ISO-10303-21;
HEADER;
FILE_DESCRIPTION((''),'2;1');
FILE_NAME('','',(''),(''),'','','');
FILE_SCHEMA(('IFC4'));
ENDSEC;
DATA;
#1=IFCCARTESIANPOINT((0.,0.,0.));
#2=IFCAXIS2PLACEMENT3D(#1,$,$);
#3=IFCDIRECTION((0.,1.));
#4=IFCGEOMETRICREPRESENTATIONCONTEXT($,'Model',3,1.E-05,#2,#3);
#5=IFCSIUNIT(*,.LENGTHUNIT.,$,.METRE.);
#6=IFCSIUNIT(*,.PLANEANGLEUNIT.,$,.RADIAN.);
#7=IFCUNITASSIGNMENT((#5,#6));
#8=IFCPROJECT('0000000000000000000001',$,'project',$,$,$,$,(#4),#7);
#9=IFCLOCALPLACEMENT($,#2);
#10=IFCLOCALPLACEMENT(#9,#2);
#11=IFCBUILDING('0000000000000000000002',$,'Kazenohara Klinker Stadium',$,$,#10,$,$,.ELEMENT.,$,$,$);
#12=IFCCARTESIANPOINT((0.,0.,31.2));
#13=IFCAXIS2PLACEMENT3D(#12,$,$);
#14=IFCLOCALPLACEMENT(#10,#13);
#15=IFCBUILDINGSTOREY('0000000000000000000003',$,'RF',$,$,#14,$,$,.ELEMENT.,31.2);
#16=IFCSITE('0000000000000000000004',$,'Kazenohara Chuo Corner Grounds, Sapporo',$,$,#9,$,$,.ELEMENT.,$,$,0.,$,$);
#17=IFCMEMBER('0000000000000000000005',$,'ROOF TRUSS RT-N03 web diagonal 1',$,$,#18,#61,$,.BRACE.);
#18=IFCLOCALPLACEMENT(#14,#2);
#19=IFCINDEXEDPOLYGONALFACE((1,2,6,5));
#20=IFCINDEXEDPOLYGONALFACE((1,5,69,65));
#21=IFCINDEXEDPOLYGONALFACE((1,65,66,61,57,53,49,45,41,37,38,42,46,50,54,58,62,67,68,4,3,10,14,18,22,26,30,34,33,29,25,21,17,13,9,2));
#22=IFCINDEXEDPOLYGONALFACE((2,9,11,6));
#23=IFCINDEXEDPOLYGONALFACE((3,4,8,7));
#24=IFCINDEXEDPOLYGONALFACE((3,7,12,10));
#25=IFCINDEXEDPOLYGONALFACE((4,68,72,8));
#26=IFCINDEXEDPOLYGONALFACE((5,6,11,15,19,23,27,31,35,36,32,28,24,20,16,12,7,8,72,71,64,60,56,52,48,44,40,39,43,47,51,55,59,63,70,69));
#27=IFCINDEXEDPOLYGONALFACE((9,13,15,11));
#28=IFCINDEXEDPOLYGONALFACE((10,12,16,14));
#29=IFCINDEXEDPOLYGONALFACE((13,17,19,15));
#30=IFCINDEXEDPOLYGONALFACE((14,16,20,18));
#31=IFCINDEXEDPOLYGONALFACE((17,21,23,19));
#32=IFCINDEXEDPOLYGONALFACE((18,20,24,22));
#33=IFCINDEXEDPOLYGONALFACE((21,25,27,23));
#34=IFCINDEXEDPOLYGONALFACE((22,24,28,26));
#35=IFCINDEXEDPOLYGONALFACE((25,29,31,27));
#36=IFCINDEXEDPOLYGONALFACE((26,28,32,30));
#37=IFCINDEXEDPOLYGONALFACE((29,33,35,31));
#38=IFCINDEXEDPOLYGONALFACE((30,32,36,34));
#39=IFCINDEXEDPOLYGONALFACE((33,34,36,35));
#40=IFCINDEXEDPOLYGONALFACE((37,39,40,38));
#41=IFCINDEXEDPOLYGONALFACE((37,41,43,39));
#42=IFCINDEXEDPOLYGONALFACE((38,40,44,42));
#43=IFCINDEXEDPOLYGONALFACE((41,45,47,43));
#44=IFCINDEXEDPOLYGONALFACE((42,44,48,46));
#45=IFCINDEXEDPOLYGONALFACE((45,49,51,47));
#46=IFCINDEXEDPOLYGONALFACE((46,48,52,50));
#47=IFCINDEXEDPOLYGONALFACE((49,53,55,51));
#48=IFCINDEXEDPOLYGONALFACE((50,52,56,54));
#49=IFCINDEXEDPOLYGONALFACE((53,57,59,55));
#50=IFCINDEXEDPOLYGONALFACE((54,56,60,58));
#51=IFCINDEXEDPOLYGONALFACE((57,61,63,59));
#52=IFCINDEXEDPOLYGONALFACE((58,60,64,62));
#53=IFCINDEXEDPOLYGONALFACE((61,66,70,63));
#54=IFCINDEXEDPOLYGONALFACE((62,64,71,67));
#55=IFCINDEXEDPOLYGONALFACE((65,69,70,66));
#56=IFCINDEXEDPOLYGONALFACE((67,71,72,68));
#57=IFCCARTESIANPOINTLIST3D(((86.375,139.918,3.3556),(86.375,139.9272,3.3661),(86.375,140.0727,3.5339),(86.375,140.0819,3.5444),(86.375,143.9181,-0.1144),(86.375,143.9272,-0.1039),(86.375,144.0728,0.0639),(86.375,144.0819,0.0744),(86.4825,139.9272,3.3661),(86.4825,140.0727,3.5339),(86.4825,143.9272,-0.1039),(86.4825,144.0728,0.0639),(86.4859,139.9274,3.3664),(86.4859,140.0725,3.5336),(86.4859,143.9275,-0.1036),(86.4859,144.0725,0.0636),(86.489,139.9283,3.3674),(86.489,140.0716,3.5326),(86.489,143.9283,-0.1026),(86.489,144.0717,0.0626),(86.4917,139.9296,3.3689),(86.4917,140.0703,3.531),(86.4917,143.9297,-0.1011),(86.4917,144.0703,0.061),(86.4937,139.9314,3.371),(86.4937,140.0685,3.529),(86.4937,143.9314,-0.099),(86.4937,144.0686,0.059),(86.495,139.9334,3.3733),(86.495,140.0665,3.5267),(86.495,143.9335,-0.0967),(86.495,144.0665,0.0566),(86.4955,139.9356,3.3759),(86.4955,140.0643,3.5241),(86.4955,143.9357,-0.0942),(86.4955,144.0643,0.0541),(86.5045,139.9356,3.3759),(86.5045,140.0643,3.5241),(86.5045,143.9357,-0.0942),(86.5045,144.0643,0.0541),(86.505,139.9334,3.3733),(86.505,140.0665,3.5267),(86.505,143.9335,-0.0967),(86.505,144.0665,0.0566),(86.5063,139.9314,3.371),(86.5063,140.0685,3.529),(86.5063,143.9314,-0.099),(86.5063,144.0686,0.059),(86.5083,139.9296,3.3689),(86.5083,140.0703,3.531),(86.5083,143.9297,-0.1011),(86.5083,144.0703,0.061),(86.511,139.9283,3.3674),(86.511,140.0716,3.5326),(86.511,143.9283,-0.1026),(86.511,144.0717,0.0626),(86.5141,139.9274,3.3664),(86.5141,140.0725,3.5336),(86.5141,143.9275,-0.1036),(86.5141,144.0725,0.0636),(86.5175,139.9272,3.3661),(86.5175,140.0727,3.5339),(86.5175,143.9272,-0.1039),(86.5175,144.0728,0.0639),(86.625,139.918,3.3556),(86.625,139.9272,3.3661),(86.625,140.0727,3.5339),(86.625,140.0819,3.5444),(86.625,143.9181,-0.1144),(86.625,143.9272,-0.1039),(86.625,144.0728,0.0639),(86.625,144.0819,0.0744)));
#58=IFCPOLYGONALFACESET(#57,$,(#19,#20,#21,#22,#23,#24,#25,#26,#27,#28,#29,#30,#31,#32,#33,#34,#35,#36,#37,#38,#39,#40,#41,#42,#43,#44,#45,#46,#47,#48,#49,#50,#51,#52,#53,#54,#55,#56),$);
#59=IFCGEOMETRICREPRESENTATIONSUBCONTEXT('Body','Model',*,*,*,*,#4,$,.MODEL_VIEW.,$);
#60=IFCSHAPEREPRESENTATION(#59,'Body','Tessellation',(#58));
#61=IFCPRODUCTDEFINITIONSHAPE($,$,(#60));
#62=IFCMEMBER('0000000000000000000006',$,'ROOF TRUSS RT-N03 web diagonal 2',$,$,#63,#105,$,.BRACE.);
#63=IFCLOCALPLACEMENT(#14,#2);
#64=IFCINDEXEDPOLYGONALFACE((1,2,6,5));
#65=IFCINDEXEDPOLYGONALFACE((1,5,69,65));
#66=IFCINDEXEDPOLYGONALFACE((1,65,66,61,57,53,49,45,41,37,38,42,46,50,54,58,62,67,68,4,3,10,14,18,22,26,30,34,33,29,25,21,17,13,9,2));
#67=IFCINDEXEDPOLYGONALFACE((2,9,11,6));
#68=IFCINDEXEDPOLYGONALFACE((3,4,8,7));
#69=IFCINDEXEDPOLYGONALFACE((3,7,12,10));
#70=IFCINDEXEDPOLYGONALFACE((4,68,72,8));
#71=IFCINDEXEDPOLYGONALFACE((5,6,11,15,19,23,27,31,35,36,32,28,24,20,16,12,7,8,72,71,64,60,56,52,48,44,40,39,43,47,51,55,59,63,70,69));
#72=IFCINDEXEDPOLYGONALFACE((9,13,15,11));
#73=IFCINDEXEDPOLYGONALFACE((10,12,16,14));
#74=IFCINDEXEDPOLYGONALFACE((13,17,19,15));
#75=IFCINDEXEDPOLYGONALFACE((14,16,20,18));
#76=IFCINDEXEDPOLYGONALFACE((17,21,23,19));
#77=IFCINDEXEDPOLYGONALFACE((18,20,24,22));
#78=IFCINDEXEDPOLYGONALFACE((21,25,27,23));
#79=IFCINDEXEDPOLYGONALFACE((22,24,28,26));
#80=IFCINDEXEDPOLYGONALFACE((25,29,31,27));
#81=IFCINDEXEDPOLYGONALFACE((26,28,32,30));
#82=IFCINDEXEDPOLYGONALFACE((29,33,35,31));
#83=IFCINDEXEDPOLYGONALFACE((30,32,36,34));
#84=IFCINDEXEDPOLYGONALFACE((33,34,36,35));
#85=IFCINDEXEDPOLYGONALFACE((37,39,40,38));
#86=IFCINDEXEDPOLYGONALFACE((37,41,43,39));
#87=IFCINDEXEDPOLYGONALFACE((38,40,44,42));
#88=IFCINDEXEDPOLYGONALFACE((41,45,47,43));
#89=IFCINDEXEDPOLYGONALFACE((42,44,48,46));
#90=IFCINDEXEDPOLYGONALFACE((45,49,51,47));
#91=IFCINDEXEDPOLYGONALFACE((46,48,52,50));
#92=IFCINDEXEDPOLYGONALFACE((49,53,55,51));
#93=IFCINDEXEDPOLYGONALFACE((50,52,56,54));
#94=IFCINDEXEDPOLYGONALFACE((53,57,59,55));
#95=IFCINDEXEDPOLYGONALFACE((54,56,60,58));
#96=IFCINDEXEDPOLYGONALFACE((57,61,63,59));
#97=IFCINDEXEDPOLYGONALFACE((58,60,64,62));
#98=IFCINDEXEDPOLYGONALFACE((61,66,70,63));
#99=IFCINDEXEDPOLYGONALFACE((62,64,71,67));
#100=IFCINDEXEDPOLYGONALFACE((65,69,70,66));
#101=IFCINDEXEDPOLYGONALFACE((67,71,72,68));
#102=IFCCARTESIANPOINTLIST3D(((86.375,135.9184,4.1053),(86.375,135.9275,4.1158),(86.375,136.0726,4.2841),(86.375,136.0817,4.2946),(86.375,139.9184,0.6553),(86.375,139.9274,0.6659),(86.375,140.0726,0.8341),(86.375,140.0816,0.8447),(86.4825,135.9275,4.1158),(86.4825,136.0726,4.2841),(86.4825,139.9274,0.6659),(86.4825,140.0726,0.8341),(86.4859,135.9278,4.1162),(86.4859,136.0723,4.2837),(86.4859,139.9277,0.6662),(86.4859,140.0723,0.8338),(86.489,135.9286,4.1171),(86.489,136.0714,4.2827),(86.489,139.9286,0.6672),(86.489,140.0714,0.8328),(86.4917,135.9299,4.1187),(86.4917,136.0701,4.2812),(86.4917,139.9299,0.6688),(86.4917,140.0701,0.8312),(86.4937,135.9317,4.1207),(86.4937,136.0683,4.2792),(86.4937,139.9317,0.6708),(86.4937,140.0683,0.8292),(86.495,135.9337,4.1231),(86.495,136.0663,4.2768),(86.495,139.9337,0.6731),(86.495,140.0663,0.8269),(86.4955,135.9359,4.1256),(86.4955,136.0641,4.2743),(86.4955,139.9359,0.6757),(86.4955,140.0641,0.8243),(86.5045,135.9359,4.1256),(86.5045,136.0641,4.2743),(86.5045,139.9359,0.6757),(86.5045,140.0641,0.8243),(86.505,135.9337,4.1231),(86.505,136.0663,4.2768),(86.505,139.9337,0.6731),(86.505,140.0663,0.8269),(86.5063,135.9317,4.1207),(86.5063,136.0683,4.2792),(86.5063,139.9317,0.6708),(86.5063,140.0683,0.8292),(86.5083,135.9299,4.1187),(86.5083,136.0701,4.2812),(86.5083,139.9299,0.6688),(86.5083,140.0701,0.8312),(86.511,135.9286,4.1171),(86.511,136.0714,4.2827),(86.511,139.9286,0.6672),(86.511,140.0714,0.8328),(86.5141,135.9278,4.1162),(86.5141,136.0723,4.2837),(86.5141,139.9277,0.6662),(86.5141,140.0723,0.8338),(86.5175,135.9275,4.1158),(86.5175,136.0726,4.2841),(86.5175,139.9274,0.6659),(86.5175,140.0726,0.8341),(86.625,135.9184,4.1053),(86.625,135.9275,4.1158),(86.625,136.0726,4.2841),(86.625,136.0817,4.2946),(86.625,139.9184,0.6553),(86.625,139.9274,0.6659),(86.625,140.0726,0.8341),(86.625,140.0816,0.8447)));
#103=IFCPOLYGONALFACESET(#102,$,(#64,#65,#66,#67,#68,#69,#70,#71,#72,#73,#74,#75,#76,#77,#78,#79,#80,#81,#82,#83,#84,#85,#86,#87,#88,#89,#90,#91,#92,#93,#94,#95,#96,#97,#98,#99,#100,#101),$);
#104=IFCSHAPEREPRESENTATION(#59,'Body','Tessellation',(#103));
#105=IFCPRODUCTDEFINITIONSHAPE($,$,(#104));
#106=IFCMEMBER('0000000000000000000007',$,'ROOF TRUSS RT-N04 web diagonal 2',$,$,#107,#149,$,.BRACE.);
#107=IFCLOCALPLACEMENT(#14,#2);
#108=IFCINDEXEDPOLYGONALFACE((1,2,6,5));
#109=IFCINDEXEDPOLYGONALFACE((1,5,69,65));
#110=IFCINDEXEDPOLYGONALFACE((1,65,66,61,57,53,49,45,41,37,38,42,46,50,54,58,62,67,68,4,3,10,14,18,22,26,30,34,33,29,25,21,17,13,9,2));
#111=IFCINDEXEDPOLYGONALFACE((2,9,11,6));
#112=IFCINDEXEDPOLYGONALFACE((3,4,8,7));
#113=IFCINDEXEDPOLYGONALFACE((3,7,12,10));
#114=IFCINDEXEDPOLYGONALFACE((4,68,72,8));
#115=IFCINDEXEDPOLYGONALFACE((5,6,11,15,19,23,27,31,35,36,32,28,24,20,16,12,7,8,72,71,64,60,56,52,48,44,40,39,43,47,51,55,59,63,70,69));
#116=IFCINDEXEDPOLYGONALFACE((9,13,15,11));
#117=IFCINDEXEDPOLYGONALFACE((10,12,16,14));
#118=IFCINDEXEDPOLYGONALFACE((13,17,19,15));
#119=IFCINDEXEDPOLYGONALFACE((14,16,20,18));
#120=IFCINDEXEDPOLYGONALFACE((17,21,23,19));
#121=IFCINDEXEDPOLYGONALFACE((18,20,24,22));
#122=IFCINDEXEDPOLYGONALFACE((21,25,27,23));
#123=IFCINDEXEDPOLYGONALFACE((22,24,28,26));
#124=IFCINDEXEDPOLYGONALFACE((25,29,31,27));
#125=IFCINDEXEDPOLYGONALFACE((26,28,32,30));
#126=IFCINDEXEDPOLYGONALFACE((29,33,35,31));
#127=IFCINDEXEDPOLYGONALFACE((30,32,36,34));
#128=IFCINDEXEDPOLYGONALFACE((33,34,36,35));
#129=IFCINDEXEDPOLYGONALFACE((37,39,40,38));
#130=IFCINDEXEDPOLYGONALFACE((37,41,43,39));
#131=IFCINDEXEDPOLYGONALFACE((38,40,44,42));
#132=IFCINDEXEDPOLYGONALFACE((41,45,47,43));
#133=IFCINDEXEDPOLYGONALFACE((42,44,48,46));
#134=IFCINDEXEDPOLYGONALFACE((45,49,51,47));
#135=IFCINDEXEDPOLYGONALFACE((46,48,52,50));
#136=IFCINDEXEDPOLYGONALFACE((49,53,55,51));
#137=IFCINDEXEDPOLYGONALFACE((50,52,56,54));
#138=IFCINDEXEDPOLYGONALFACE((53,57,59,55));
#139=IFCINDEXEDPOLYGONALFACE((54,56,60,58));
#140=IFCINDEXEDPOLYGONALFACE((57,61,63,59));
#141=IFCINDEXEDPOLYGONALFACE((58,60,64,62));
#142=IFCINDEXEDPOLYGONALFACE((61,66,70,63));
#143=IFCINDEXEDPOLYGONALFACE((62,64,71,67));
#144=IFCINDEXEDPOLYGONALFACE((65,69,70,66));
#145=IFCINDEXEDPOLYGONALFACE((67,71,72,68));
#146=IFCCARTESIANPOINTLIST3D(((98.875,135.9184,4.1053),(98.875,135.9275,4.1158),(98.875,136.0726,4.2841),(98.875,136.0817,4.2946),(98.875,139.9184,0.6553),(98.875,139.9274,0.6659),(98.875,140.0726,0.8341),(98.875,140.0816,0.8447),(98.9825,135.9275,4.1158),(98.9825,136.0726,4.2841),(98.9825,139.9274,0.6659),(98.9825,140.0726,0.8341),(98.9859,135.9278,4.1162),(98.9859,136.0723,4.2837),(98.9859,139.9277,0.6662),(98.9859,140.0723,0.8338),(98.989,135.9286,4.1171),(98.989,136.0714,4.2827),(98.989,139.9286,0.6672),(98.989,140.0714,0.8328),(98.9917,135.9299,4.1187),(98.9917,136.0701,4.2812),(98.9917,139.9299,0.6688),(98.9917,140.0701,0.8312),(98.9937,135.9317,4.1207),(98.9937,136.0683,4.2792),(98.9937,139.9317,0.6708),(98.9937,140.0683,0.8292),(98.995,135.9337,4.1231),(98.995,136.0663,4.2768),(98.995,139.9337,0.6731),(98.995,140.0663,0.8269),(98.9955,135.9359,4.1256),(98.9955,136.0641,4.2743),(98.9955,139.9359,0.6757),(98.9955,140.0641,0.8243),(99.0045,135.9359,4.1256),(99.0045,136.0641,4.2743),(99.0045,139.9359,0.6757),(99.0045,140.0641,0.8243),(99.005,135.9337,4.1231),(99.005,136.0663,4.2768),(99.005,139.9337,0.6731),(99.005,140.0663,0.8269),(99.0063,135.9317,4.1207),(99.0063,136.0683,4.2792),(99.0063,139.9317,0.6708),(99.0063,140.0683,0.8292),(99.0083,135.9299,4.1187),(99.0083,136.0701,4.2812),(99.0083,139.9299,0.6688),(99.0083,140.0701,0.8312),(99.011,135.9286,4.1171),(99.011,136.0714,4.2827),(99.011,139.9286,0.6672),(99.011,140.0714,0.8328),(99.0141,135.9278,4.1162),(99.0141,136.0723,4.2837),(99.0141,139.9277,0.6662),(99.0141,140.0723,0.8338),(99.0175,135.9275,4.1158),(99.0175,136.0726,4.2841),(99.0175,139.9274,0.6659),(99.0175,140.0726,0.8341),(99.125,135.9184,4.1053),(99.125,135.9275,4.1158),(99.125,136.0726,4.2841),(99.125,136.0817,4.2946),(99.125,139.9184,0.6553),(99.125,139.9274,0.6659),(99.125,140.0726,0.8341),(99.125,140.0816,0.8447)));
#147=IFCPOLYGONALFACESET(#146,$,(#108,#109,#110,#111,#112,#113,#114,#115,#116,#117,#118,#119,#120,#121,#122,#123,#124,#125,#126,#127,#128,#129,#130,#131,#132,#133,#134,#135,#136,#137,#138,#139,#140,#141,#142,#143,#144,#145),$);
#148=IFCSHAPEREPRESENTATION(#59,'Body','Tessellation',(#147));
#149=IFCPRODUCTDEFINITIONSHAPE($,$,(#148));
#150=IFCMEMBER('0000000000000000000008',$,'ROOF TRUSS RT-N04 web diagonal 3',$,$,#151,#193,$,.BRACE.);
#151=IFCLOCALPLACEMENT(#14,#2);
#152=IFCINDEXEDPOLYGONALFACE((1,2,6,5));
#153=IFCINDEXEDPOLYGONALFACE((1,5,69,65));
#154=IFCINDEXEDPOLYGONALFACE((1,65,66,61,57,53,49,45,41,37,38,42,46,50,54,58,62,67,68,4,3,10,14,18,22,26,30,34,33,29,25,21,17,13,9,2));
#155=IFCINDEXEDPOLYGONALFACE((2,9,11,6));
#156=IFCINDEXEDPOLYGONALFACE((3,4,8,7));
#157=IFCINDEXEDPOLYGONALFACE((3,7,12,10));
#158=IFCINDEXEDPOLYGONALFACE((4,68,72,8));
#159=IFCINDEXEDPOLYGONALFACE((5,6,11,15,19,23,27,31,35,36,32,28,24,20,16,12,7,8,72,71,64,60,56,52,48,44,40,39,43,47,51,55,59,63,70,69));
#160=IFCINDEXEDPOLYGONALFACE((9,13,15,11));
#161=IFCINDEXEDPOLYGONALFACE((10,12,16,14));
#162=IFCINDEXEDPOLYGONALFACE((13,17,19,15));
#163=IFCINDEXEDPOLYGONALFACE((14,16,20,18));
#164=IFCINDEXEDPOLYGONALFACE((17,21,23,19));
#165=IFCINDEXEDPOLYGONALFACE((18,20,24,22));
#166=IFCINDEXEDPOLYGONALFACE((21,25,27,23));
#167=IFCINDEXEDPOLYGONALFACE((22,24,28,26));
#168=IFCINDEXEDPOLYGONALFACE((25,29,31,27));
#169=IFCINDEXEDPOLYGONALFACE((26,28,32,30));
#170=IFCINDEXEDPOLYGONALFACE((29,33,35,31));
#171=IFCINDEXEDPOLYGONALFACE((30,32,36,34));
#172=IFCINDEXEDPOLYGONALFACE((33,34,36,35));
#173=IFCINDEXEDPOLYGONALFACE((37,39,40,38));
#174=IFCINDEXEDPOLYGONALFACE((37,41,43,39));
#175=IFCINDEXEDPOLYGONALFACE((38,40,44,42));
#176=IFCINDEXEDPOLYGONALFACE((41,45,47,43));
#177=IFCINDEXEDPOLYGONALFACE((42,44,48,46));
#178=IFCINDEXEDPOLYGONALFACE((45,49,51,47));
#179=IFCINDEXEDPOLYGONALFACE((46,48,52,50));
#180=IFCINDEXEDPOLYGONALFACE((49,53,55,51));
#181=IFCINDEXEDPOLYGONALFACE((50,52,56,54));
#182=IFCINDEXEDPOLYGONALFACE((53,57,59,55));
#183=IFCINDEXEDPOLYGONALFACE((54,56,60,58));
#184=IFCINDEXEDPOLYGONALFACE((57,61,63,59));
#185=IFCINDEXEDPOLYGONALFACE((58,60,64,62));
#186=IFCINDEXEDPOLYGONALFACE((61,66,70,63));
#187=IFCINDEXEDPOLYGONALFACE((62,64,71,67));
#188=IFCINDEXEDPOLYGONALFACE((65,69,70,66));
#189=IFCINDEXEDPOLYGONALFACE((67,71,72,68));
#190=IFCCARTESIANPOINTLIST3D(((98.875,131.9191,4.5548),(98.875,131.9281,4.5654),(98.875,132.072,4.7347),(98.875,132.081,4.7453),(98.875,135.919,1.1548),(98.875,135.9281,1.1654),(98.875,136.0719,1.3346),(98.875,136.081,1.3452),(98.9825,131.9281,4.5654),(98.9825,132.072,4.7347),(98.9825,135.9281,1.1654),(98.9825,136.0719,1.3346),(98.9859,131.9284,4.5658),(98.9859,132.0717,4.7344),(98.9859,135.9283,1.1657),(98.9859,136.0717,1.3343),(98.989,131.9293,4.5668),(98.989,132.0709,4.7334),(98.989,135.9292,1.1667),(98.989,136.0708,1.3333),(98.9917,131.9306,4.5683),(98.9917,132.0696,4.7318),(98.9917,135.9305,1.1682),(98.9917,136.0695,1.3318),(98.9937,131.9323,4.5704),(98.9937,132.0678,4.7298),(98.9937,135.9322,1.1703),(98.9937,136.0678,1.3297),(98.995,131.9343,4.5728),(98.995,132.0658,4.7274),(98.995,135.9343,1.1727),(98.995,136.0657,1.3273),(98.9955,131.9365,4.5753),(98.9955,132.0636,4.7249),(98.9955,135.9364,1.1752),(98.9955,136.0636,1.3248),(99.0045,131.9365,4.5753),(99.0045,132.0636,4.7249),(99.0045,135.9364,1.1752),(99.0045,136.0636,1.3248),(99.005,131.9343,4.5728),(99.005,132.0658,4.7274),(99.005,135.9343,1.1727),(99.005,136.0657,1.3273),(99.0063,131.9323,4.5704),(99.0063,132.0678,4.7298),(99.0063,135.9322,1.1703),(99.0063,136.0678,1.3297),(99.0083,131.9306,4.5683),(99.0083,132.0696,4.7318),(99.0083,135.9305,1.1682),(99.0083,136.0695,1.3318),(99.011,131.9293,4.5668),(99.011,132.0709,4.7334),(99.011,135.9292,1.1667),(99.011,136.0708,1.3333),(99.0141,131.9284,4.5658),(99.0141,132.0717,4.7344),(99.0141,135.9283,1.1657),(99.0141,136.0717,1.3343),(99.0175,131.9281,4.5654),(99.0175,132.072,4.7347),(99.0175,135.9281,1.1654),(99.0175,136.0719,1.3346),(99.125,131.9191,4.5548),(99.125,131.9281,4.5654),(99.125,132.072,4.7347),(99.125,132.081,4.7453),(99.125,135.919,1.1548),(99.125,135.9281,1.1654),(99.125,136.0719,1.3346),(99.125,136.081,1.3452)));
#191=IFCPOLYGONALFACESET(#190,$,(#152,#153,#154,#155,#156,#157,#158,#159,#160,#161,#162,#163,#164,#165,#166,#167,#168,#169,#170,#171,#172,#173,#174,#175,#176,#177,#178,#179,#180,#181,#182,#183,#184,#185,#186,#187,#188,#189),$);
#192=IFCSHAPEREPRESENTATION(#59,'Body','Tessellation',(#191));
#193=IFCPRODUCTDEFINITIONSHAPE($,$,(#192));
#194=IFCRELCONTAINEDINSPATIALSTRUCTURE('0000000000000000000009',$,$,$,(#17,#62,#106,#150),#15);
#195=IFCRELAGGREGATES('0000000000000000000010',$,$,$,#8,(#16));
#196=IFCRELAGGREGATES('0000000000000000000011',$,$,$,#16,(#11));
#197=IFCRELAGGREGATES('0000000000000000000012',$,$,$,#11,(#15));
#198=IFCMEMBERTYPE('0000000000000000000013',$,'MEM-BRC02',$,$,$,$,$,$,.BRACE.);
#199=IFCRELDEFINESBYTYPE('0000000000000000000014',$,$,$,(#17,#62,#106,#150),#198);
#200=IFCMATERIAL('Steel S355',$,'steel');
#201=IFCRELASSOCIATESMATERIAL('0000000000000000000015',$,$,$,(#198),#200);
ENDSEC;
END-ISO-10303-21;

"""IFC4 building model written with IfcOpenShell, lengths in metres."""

from ifc_helpers import new_model, si_unit, direction, frame, origin, origin_2d, place, context, subcontext, project, spatial, i_section, extrude, material, material_profile, profile_set, type_object, element, save


model = new_model("IFC4")

# Units and contexts
model_context = context("Model", 3, precision=1e-05, world=origin(), true_north=direction((0.0, 1.0)))
body_context = subcontext(model_context, "Body", "Model", "MODEL_VIEW")
ifc_project = project(units=[si_unit("LENGTHUNIT", "METRE"), si_unit("PLANEANGLEUNIT", "RADIAN")], contexts=[model_context])

# Site, building, storey
site_placement = place(None, origin())
site = spatial("IfcSite", under=ifc_project, at=site_placement, Name="Kazenohara Chuo Corner Grounds, Sapporo", CompositionType="ELEMENT", RefElevation=0.0)
building_placement = place(site_placement, origin())
building = spatial("IfcBuilding", under=site, at=building_placement, Name="Kazenohara Klinker Stadium", CompositionType="ELEMENT")
storey_placement = place(building_placement, frame((0.0, 0.0, 31.2)))
storey = spatial("IfcBuildingStorey", under=building, at=storey_placement, Name="RF", CompositionType="ELEMENT", Elevation=31.2)

# Members
ifc_material_1 = material(Name="Steel S355", Category="steel")
ifc_material_profile_1 = material_profile(ifc_material_1, i_section(OverallWidth=0.25, OverallDepth=0.25, WebThickness=0.009, FlangeThickness=0.0139, FilletRadius=0.0129, at=origin_2d()), Name="H-250x250x9x14")
ifc_profile_set_1 = profile_set([ifc_material_profile_1], Name="Steel S355")
member_type_1 = type_object("IfcMemberType", Name="MEM-BRC02", PredefinedType="BRACE", material=ifc_profile_set_1)
member_1_placement = place(storey_placement, frame((86.5, 144.0, -0.02), z_axis=(0.0, -0.75538, 0.655287), x_axis=(1.0, 0.0, 0.0)))
element("IfcMember", 1, at=member_1_placement, inside=storey, type_object=member_type_1, Name="ROOF TRUSS RT-N03 web diagonal 1", PredefinedType="BRACE", context=body_context, shape_type="SweptSolid", body=[
    extrude(i_section(OverallWidth=0.25, OverallDepth=0.25, WebThickness=0.009, FlangeThickness=0.0139, FilletRadius=0.0129, at=origin_2d()), origin(), (0.0, 0.0, 1.0), 5.2954),
])
for number, where, z_axis, x_axis, name in (
    (2, (86.5, 140.0, 0.75), (0.0, -0.757253, 0.653122), (1.0, 0.0, 0.0), "ROOF TRUSS RT-N03 web diagonal 2"),
    (3, (99.0, 140.0, 0.75), (0.0, -0.757253, 0.653122), (1.0, 0.0, 0.0), "ROOF TRUSS RT-N04 web diagonal 2"),
):
    element("IfcMember", number, at=place(storey_placement, frame(where, z_axis=z_axis, x_axis=x_axis)), inside=storey, type_object=member_type_1, Name=name, PredefinedType="BRACE", context=body_context, shape_type="SweptSolid", body=[
        extrude(i_section(OverallWidth=0.25, OverallDepth=0.25, WebThickness=0.009, FlangeThickness=0.0139, FilletRadius=0.0129, at=origin_2d()), origin(), (0.0, 0.0, 1.0), 5.2822),
    ])
member_2_placement = place(storey_placement, frame((99.0, 136.0, 1.25), z_axis=(0.0, -0.761926, 0.647665), x_axis=(1.0, 0.0, 0.0)))
element("IfcMember", 4, at=member_2_placement, inside=storey, type_object=member_type_1, Name="ROOF TRUSS RT-N04 web diagonal 3", PredefinedType="BRACE", context=body_context, shape_type="SweptSolid", body=[
    extrude(i_section(OverallWidth=0.25, OverallDepth=0.25, WebThickness=0.009, FlangeThickness=0.0139, FilletRadius=0.0129, at=origin_2d()), origin(), (0.0, 0.0, 1.0), 5.2498),
])

save(model, "model.ifc")
